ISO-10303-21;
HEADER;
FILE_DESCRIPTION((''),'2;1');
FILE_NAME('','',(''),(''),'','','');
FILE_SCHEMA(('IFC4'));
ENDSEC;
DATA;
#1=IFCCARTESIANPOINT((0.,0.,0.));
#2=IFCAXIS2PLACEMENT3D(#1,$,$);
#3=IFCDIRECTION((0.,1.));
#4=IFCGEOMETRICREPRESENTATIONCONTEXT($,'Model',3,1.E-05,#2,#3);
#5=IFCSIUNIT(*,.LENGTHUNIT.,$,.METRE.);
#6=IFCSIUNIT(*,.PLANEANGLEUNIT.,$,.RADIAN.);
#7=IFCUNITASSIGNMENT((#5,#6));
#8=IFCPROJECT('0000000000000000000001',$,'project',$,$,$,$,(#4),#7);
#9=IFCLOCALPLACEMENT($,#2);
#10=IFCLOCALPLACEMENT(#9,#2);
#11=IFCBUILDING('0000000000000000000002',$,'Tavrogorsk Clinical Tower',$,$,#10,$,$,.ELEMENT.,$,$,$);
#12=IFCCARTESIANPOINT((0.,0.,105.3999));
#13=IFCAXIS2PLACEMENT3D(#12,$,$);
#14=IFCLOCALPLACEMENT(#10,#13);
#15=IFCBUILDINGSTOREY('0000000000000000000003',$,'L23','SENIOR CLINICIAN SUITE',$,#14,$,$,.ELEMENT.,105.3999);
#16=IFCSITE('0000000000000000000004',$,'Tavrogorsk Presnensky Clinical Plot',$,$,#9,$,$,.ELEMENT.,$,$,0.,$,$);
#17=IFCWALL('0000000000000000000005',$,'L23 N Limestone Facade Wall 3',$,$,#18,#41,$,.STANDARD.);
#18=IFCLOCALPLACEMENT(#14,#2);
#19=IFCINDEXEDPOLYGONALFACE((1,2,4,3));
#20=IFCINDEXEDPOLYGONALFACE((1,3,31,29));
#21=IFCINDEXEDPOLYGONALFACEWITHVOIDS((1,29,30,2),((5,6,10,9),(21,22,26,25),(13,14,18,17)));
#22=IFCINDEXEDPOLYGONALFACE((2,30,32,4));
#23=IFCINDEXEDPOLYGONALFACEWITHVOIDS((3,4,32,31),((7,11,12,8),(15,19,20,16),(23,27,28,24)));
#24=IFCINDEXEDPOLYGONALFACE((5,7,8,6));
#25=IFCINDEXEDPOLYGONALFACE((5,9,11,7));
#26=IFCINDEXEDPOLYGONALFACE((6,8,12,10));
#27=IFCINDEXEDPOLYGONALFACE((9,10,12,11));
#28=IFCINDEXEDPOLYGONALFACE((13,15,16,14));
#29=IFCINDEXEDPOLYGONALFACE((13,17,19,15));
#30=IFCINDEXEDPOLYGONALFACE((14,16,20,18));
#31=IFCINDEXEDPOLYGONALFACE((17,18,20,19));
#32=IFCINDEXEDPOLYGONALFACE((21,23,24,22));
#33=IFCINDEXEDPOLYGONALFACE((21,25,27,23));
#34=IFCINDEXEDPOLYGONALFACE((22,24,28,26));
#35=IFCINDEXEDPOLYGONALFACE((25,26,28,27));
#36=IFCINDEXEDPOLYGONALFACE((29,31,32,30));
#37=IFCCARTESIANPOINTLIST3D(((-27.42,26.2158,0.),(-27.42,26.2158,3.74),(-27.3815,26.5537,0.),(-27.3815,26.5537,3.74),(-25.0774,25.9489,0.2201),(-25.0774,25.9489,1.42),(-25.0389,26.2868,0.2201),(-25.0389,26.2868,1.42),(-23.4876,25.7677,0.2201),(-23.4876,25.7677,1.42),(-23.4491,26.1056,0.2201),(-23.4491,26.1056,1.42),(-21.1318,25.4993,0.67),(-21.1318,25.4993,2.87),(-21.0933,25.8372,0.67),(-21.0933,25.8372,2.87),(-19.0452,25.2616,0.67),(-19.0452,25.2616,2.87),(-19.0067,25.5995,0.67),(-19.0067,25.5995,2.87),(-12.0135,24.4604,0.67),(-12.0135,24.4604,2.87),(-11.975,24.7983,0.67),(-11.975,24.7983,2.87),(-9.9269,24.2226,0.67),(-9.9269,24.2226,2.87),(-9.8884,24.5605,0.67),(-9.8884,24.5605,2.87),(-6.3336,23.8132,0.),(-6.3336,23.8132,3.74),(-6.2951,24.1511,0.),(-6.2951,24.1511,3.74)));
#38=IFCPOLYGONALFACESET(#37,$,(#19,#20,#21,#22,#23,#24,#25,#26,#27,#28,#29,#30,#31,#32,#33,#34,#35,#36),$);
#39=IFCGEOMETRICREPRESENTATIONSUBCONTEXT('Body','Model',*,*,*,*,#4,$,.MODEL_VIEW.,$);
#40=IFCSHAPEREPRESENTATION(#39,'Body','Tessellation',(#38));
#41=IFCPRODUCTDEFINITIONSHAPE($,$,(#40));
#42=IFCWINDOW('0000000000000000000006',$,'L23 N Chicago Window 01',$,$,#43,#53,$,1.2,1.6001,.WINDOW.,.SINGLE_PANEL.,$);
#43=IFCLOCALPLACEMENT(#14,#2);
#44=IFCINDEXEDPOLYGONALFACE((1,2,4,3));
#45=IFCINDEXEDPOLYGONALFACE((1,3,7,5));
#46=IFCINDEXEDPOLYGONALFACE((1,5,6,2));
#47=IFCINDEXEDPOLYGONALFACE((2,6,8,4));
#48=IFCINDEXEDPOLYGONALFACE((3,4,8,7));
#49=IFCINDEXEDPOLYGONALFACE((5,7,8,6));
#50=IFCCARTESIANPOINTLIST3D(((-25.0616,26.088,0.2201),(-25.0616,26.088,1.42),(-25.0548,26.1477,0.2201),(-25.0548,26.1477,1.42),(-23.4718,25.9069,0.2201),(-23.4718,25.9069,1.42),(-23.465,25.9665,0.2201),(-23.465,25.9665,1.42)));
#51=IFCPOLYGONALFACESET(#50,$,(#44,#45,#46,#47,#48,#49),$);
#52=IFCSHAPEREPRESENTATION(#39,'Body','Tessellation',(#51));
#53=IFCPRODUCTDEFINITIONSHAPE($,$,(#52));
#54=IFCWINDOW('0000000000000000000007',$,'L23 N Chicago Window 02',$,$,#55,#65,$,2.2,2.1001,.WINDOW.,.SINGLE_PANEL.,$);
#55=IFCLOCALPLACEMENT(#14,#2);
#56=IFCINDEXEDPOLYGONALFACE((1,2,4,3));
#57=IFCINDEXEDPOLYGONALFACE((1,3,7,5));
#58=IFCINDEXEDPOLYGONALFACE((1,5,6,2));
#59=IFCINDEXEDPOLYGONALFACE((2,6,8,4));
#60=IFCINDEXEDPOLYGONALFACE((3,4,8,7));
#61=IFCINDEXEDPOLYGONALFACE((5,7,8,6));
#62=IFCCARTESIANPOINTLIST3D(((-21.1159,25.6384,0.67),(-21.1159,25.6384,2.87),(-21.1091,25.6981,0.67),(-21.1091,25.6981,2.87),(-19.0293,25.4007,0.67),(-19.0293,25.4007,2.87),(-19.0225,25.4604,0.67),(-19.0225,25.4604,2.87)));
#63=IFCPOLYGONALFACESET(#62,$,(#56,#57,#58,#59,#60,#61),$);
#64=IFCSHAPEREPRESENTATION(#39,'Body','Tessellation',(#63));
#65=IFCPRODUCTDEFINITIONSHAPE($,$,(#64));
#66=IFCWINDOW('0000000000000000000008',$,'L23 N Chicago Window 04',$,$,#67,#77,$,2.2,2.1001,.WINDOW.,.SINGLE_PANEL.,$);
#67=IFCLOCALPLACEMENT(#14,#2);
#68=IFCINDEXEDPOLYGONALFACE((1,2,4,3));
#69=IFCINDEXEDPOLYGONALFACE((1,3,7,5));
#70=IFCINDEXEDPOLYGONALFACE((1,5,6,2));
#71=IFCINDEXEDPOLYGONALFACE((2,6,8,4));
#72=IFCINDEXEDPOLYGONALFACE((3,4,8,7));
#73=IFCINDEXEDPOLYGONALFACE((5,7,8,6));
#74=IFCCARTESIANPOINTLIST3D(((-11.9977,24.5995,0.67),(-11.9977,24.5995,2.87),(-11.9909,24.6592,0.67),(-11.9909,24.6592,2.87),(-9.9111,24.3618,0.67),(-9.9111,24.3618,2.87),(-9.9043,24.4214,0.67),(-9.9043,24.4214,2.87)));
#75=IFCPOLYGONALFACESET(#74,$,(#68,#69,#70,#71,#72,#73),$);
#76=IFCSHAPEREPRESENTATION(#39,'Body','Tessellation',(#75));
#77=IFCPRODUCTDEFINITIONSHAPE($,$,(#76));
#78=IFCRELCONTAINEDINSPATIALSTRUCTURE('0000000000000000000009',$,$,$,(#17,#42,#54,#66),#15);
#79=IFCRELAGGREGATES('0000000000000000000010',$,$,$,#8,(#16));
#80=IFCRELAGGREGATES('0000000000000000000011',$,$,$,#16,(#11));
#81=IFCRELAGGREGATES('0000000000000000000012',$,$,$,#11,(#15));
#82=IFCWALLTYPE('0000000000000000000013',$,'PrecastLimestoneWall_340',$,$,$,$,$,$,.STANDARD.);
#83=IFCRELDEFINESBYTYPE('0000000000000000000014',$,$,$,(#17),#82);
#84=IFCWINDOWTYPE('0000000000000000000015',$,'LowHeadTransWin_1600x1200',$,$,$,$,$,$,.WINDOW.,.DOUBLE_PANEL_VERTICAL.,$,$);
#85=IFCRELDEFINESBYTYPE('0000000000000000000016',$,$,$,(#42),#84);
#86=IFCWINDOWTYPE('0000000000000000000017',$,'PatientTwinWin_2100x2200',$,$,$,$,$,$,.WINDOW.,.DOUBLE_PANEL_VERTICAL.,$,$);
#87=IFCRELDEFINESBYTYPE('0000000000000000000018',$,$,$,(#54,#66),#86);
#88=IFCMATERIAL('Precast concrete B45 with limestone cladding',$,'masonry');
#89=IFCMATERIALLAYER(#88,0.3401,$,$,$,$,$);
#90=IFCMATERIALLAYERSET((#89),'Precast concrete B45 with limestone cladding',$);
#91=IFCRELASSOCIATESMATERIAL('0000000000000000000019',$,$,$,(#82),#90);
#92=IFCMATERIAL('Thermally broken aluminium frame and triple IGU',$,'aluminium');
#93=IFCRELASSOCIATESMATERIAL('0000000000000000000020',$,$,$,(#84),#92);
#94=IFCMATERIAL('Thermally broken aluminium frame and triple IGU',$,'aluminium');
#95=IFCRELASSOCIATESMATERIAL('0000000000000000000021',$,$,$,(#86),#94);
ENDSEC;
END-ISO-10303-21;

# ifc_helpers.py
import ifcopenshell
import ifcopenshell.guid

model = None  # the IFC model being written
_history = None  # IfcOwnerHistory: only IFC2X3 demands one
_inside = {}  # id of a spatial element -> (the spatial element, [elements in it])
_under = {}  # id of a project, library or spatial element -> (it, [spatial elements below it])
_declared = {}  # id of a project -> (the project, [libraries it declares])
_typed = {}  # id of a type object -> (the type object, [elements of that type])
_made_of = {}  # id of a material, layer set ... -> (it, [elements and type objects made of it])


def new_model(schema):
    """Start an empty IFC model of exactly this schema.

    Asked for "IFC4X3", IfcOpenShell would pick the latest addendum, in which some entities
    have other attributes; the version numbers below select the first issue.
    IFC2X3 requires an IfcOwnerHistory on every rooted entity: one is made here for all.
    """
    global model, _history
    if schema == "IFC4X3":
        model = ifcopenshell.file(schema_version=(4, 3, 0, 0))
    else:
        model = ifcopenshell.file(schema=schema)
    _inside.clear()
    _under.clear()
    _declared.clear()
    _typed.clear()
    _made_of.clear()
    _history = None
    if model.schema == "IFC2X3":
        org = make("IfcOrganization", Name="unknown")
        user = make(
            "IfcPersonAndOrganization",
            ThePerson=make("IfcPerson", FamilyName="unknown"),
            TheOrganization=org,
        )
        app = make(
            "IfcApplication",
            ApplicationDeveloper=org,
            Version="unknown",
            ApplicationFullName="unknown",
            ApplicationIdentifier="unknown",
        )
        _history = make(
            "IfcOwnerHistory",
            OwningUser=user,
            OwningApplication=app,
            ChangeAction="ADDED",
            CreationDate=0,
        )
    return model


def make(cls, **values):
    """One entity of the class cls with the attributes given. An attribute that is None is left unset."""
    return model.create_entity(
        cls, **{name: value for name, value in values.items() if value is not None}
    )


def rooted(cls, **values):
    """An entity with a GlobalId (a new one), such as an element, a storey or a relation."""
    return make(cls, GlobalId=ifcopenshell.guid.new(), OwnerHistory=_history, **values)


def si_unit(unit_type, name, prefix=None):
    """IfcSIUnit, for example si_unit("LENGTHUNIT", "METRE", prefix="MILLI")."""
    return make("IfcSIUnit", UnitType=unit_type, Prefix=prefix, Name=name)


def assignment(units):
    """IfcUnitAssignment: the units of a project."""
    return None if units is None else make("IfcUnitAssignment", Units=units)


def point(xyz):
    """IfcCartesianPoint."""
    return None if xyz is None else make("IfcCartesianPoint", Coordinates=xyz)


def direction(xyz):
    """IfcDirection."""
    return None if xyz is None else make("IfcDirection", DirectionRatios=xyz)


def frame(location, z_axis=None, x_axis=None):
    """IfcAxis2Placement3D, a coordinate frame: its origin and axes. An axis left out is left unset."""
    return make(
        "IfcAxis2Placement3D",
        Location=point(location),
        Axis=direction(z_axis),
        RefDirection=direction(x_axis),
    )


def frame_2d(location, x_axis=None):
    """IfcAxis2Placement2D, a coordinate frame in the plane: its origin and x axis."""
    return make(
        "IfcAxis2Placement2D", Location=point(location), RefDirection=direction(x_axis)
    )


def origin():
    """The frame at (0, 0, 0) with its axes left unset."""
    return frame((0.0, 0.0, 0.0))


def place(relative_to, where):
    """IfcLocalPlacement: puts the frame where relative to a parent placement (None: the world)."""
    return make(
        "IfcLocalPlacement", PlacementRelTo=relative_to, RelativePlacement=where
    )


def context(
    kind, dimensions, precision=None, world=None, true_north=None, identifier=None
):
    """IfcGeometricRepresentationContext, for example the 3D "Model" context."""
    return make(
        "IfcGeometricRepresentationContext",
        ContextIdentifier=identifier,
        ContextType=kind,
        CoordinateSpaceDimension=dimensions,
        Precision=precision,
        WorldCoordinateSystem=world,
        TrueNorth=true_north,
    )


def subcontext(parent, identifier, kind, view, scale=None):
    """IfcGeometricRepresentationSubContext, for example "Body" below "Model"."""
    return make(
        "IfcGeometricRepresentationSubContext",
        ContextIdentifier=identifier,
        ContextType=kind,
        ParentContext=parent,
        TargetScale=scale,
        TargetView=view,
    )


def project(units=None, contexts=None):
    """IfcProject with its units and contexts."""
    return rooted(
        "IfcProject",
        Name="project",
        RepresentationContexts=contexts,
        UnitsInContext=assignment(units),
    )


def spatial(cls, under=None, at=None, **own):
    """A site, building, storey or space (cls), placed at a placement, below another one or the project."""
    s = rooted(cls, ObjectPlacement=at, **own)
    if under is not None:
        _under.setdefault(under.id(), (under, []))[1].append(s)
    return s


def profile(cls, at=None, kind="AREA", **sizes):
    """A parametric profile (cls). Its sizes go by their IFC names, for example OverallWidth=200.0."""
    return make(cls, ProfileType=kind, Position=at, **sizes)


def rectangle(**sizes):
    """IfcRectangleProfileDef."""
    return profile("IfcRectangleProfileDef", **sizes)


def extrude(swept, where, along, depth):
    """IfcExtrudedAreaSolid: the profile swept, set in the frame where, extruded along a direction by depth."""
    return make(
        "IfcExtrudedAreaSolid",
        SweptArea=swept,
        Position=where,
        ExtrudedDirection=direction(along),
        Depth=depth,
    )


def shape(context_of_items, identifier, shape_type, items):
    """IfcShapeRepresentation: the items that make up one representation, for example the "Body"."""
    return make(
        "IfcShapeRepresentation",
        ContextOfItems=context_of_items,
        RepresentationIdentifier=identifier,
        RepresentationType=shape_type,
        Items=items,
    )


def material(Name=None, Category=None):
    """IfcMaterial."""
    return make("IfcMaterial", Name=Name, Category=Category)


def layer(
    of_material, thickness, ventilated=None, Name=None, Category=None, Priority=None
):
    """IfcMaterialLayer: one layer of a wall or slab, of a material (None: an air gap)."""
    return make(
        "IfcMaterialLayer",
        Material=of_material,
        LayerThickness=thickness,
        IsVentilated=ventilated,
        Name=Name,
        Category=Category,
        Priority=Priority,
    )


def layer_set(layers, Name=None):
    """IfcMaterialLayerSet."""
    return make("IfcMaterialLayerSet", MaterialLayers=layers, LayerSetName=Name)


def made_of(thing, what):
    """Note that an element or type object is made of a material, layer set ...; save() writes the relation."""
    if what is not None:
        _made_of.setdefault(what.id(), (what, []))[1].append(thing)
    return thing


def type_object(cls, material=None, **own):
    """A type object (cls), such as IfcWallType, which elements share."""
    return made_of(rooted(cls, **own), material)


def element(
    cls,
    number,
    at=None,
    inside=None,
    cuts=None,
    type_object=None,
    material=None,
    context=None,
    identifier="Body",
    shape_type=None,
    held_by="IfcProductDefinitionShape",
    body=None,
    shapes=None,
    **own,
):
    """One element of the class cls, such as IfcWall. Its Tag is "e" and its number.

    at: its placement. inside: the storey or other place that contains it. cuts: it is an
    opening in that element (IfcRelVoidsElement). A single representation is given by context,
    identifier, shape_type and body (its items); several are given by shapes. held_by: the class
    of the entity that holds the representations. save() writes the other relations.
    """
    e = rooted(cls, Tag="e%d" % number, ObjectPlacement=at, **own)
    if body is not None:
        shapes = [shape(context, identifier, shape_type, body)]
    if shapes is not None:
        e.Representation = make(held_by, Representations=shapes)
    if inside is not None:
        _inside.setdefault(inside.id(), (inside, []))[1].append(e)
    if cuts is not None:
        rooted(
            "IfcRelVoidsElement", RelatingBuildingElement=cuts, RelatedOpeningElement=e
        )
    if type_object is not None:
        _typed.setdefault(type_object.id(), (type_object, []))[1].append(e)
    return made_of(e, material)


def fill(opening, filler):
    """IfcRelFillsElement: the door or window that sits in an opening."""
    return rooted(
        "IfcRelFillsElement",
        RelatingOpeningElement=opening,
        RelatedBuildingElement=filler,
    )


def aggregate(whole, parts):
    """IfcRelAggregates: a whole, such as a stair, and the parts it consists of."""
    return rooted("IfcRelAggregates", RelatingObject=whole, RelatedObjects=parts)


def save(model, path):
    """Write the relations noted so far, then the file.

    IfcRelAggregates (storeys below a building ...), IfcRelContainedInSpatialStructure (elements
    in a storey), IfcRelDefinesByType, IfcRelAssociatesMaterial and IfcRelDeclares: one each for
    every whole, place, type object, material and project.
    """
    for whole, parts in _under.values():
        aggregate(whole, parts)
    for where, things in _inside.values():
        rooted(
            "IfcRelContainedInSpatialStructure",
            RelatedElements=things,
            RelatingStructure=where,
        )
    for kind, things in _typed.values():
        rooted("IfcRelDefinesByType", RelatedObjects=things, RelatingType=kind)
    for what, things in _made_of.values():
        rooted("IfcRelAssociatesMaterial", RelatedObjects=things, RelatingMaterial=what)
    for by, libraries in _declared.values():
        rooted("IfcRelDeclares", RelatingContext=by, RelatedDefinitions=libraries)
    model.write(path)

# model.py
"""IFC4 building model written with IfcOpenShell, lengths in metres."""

from ifc_helpers import new_model, si_unit, direction, frame, frame_2d, origin, place, context, subcontext, project, spatial, rectangle, extrude, material, layer, layer_set, type_object, element, fill, save


model = new_model("IFC4")

# Units and contexts
model_context = context("Model", 3, precision=1e-05, world=origin(), true_north=direction((0.0, 1.0)))
body_context = subcontext(model_context, "Body", "Model", "MODEL_VIEW")
ifc_project = project(units=[si_unit("LENGTHUNIT", "METRE"), si_unit("PLANEANGLEUNIT", "RADIAN")], contexts=[model_context])

# Site, building, storey
site_placement = place(None, origin())
site = spatial("IfcSite", under=ifc_project, at=site_placement, Name="Tavrogorsk Presnensky Clinical Plot", CompositionType="ELEMENT", RefElevation=0.0)
building_placement = place(site_placement, origin())
building = spatial("IfcBuilding", under=site, at=building_placement, Name="Tavrogorsk Clinical Tower", CompositionType="ELEMENT")
storey_placement = place(building_placement, frame((0.0, 0.0, 105.3999)))
storey = spatial("IfcBuildingStorey", under=building, at=storey_placement, Name="L23", Description="SENIOR CLINICIAN SUITE", CompositionType="ELEMENT", Elevation=105.3999)

# Wall, openings, windows
ifc_material_1 = material(Name="Precast concrete B45 with limestone cladding", Category="masonry")
ifc_layer_1 = layer(ifc_material_1, 0.3401)
ifc_layer_set_1 = layer_set([ifc_layer_1], Name="Precast concrete B45 with limestone cladding")
wall_type_1 = type_object("IfcWallType", Name="PrecastLimestoneWall_340", PredefinedType="STANDARD", material=ifc_layer_set_1)
wall_1_placement = place(storey_placement, frame((-6.3145, 23.9822, 0.0), z_axis=(0.0, 0.0, 1.0), x_axis=(-0.993571, 0.113208, 0.0)))
wall_1 = element("IfcWall", 1, at=wall_1_placement, inside=storey, type_object=wall_type_1, Name="L23 N Limestone Facade Wall 3", PredefinedType="STANDARD", context=body_context, shape_type="SweptSolid", body=[
    extrude(rectangle(XDim=21.2229, YDim=0.3401, at=frame_2d((10.6113, 0.0))), origin(), (0.0, 0.0, 1.0), 3.74),
])
opening_1_placement = place(wall_1_placement, frame((17.2649, 0.0, 0.22)))
opening_1 = element("IfcOpeningElement", 2, at=opening_1_placement, cuts=wall_1, PredefinedType="OPENING", context=body_context, shape_type="SweptSolid", body=[
    extrude(rectangle(XDim=1.6001, YDim=1.2, at=frame_2d((0.8, 0.6001))), frame((0.0, 0.1799, 0.0), z_axis=(0.0, -1.0, 0.0), x_axis=(1.0, 0.0, 0.0)), (0.0, 0.0, 1.0), 0.3601),
])
opening_2_placement = place(wall_1_placement, frame((12.7937, 0.0, 0.6699)))
opening_2 = element("IfcOpeningElement", 3, at=opening_2_placement, cuts=wall_1, PredefinedType="OPENING", context=body_context, shape_type="SweptSolid", body=[
    extrude(rectangle(XDim=2.1001, YDim=2.2, at=frame_2d((1.05, 1.1001))), frame((0.0, 0.1799, 0.0), z_axis=(0.0, -1.0, 0.0), x_axis=(1.0, 0.0, 0.0)), (0.0, 0.0, 1.0), 0.3601),
])
opening_3_placement = place(wall_1_placement, frame((3.6165, 0.0, 0.6699)))
opening_3 = element("IfcOpeningElement", 4, at=opening_3_placement, cuts=wall_1, PredefinedType="OPENING", context=body_context, shape_type="SweptSolid", body=[
    extrude(rectangle(XDim=2.1001, YDim=2.2, at=frame_2d((1.05, 1.1001))), frame((0.0, 0.1799, 0.0), z_axis=(0.0, -1.0, 0.0), x_axis=(1.0, 0.0, 0.0)), (0.0, 0.0, 1.0), 0.3601),
])
ifc_material_2 = material(Name="Thermally broken aluminium frame and triple IGU", Category="aluminium")
window_type_1 = type_object("IfcWindowType", Name="LowHeadTransWin_1600x1200", PartitioningType="DOUBLE_PANEL_VERTICAL", PredefinedType="WINDOW", material=ifc_material_2)
window_1_placement = place(opening_1_placement, origin())
window_1 = element("IfcWindow", 5, at=window_1_placement, inside=storey, type_object=window_type_1, Name="L23 N Chicago Window 01", OverallHeight=1.2, OverallWidth=1.6001, PartitioningType="SINGLE_PANEL", PredefinedType="WINDOW", context=body_context, shape_type="SweptSolid", body=[
    extrude(rectangle(XDim=1.6001, YDim=1.2, at=frame_2d((0.8, 0.6001))), frame((0.0, 0.03, 0.0), z_axis=(0.0, -1.0, 0.0), x_axis=(1.0, 0.0, 0.0)), (0.0, 0.0, 1.0), 0.0601),
])
fill(opening_1, window_1)
ifc_material_3 = material(Name="Thermally broken aluminium frame and triple IGU", Category="aluminium")
window_type_2 = type_object("IfcWindowType", Name="PatientTwinWin_2100x2200", PartitioningType="DOUBLE_PANEL_VERTICAL", PredefinedType="WINDOW", material=ifc_material_3)
window_2_placement = place(opening_2_placement, origin())
window_2 = element("IfcWindow", 6, at=window_2_placement, inside=storey, type_object=window_type_2, Name="L23 N Chicago Window 02", OverallHeight=2.2, OverallWidth=2.1001, PartitioningType="SINGLE_PANEL", PredefinedType="WINDOW", context=body_context, shape_type="SweptSolid", body=[
    extrude(rectangle(XDim=2.1001, YDim=2.2, at=frame_2d((1.05, 1.1001))), frame((0.0, 0.03, 0.0), z_axis=(0.0, -1.0, 0.0), x_axis=(1.0, 0.0, 0.0)), (0.0, 0.0, 1.0), 0.0601),
])
fill(opening_2, window_2)
window_3_placement = place(opening_3_placement, origin())
window_3 = element("IfcWindow", 7, at=window_3_placement, inside=storey, type_object=window_type_2, Name="L23 N Chicago Window 04", OverallHeight=2.2, OverallWidth=2.1001, PartitioningType="SINGLE_PANEL", PredefinedType="WINDOW", context=body_context, shape_type="SweptSolid", body=[
    extrude(rectangle(XDim=2.1001, YDim=2.2, at=frame_2d((1.05, 1.1001))), frame((0.0, 0.03, 0.0), z_axis=(0.0, -1.0, 0.0), x_axis=(1.0, 0.0, 0.0)), (0.0, 0.0, 1.0), 0.0601),
])
fill(opening_3, window_3)

save(model, "model.ifc")
